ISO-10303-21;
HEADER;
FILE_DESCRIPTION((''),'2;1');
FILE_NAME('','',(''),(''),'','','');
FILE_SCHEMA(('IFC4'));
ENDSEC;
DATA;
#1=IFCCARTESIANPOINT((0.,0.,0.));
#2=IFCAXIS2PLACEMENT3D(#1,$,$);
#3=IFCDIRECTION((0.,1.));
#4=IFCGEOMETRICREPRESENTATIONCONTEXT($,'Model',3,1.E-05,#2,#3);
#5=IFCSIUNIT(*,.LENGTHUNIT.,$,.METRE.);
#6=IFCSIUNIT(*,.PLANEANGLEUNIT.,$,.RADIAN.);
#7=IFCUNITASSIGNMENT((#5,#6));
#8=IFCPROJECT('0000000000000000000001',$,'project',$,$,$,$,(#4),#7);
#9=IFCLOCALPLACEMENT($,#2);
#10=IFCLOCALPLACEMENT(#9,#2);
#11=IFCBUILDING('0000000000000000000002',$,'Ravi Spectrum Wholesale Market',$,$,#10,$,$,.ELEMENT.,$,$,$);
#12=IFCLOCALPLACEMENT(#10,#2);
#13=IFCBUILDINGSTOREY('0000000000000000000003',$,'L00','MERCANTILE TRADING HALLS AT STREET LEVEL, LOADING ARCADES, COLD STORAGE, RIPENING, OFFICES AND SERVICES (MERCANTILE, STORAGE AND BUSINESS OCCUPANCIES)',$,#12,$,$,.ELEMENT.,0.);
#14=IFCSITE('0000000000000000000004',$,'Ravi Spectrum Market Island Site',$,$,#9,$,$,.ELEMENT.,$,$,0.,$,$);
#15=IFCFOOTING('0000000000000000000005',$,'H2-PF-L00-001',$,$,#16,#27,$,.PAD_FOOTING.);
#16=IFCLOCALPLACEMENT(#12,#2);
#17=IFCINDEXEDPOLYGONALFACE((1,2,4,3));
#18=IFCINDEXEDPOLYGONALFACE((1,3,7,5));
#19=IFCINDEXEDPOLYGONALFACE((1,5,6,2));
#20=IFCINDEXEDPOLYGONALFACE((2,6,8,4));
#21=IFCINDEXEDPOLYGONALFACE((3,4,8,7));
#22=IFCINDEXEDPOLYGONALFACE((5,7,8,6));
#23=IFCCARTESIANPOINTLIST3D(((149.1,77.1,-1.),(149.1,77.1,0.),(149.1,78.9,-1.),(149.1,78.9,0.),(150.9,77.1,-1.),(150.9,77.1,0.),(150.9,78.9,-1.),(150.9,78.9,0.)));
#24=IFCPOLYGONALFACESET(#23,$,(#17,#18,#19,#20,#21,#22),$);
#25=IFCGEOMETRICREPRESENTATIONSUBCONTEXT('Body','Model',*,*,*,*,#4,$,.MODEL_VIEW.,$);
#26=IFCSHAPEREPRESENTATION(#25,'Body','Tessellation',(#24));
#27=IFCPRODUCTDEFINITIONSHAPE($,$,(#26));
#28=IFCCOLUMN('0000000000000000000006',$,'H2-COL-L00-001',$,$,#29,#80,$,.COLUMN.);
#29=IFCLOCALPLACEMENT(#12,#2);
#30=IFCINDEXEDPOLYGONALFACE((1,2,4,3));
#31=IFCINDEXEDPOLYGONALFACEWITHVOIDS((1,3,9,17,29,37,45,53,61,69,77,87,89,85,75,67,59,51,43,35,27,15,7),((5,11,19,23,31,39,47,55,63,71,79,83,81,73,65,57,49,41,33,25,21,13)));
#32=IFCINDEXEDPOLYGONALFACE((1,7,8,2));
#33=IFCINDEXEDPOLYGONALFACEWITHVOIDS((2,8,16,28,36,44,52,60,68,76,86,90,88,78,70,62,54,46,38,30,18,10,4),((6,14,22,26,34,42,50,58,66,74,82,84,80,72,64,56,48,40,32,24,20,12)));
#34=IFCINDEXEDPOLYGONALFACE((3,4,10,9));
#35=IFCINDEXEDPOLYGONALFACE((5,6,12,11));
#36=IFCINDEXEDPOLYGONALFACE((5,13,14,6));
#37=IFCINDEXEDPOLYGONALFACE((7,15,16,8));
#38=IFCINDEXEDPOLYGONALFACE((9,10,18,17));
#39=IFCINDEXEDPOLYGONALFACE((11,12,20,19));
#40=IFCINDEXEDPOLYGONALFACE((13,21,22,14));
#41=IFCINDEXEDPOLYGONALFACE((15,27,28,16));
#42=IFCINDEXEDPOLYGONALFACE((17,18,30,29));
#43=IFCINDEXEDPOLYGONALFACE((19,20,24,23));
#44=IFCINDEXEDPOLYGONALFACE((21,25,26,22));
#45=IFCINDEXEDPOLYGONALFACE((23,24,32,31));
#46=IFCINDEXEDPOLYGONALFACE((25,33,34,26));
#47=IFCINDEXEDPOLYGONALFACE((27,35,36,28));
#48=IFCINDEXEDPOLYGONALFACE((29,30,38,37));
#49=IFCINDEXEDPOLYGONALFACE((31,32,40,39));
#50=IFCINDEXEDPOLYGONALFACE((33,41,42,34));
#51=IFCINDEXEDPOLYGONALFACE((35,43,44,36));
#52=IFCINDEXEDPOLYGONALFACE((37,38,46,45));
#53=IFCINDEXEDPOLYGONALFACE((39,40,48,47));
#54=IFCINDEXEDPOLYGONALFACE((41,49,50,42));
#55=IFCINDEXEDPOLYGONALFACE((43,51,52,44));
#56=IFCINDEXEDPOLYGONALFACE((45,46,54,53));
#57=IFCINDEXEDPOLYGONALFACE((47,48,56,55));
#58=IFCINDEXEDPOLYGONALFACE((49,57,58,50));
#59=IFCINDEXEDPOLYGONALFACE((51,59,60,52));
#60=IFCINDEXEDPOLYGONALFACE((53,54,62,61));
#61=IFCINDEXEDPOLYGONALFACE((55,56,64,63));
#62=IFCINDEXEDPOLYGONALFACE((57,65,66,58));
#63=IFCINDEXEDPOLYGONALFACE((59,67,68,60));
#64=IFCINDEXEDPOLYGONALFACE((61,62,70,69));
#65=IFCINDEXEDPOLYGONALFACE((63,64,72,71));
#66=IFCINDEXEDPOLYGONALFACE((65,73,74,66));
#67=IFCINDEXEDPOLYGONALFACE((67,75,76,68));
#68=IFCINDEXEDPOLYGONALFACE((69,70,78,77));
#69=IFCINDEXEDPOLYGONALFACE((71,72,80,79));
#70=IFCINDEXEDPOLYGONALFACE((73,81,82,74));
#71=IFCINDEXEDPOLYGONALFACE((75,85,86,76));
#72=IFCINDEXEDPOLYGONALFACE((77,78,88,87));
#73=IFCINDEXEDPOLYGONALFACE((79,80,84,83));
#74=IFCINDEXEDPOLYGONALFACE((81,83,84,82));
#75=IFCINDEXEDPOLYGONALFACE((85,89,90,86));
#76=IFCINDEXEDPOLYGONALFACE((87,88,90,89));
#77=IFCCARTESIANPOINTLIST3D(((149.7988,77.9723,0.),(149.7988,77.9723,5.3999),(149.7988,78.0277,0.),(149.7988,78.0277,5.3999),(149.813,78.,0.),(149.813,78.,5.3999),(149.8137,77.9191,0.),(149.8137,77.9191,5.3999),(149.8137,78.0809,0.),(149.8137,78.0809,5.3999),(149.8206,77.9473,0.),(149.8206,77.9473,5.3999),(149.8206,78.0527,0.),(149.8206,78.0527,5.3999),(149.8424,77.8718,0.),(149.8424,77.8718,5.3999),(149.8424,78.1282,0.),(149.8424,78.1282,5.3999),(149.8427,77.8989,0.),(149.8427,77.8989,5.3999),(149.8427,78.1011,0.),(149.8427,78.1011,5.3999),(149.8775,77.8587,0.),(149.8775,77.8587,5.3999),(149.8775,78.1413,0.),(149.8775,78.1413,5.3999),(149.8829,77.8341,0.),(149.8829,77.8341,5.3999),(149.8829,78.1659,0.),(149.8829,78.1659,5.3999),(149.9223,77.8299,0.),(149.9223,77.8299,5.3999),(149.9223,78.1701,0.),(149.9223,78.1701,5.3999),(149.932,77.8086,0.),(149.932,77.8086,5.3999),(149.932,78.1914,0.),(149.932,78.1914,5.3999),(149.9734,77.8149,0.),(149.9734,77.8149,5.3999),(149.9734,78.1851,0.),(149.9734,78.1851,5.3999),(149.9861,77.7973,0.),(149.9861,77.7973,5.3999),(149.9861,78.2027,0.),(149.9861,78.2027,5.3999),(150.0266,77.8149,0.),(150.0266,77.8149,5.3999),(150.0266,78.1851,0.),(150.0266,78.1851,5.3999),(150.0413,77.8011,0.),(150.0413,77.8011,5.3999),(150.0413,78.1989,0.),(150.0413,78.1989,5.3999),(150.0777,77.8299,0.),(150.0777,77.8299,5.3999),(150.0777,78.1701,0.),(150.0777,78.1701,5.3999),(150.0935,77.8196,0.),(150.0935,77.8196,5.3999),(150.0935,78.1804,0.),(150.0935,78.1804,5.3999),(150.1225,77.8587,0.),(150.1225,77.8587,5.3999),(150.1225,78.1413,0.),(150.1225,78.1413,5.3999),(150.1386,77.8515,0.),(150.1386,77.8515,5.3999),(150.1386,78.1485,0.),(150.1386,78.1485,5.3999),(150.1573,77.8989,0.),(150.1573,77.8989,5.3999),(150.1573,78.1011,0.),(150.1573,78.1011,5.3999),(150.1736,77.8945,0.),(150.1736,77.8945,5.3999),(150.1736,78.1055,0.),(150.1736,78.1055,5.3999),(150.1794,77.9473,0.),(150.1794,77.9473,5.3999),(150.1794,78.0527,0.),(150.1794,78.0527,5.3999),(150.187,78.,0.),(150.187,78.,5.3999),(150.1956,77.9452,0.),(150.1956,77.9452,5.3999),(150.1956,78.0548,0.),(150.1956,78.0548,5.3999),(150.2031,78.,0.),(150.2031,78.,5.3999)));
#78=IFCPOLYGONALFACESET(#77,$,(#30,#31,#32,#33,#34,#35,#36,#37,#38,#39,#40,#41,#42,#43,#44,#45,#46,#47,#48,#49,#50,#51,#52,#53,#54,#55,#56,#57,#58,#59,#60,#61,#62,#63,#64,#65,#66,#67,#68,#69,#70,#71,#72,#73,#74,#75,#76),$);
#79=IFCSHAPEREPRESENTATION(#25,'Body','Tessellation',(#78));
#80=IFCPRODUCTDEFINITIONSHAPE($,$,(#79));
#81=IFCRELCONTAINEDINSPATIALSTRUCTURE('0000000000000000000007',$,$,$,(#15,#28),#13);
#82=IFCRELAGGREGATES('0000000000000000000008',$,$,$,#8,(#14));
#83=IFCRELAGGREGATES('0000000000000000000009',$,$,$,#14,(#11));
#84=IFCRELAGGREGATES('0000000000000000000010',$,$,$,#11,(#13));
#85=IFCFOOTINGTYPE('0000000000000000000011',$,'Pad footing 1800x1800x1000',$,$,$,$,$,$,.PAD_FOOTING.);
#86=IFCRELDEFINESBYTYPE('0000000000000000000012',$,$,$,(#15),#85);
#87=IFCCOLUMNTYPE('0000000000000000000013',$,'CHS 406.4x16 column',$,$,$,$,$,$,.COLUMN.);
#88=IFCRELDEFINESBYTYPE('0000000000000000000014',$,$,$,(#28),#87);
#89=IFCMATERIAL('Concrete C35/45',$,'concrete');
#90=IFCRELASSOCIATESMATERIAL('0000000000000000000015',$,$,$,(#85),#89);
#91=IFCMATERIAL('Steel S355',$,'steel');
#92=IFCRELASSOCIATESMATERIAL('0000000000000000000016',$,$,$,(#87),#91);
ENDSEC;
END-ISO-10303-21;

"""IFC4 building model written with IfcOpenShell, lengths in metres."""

from ifc_helpers import new_model, si_unit, direction, frame, origin, origin_2d, place, context, subcontext, project, spatial, rectangle, hollow_circle, extrude, material, material_profile, profile_set, type_object, element, save


model = new_model("IFC4")

# Units and contexts
model_context = context("Model", 3, precision=1e-05, world=origin(), true_north=direction((0.0, 1.0)))
body_context = subcontext(model_context, "Body", "Model", "MODEL_VIEW")
ifc_project = project(units=[si_unit("LENGTHUNIT", "METRE"), si_unit("PLANEANGLEUNIT", "RADIAN")], contexts=[model_context])

# Site, building, storey
site_placement = place(None, origin())
site = spatial("IfcSite", under=ifc_project, at=site_placement, Name="Ravi Spectrum Market Island Site", CompositionType="ELEMENT", RefElevation=0.0)
building_placement = place(site_placement, origin())
building = spatial("IfcBuilding", under=site, at=building_placement, Name="Ravi Spectrum Wholesale Market", CompositionType="ELEMENT")
storey_placement = place(building_placement, origin())
storey = spatial("IfcBuildingStorey", under=building, at=storey_placement, Name="L00", Description="MERCANTILE TRADING HALLS AT STREET LEVEL, LOADING ARCADES, COLD STORAGE, RIPENING, OFFICES AND SERVICES (MERCANTILE, STORAGE AND BUSINESS OCCUPANCIES)", CompositionType="ELEMENT", Elevation=0.0)

# Footing
ifc_material_1 = material(Name="Concrete C35/45", Category="concrete")
footing_type = type_object("IfcFootingType", Name="Pad footing 1800x1800x1000", PredefinedType="PAD_FOOTING", material=ifc_material_1)
footing_placement = place(storey_placement, frame((150.0, 78.0, -1.0), z_axis=(0.0, 0.0, 1.0), x_axis=(1.0, 0.0, 0.0)))
element("IfcFooting", 1, at=footing_placement, inside=storey, type_object=footing_type, Name="H2-PF-L00-001", PredefinedType="PAD_FOOTING", context=body_context, shape_type="SweptSolid", body=[
    extrude(rectangle(XDim=1.8, YDim=1.8, at=origin_2d()), origin(), (0.0, 0.0, 1.0), 1.0),
])

# Column
ifc_material_2 = material(Name="Steel S355", Category="steel")
ifc_material_profile = material_profile(ifc_material_2, hollow_circle(Radius=0.2031, WallThickness=0.0161, at=origin_2d()))
ifc_profile_set = profile_set([ifc_material_profile], Name="Steel S355")
column_type = type_object("IfcColumnType", Name="CHS 406.4x16 column", PredefinedType="COLUMN", material=ifc_profile_set)
column_placement = place(storey_placement, frame((150.0, 78.0, 0.0), z_axis=(0.0, 0.0, 1.0), x_axis=(1.0, 0.0, 0.0)))
element("IfcColumn", 2, at=column_placement, inside=storey, type_object=column_type, Name="H2-COL-L00-001", PredefinedType="COLUMN", context=body_context, shape_type="SweptSolid", body=[
    extrude(hollow_circle(Radius=0.2031, WallThickness=0.0161, at=origin_2d()), origin(), (0.0, 0.0, 1.0), 5.3999),
])

save(model, "model.ifc")
